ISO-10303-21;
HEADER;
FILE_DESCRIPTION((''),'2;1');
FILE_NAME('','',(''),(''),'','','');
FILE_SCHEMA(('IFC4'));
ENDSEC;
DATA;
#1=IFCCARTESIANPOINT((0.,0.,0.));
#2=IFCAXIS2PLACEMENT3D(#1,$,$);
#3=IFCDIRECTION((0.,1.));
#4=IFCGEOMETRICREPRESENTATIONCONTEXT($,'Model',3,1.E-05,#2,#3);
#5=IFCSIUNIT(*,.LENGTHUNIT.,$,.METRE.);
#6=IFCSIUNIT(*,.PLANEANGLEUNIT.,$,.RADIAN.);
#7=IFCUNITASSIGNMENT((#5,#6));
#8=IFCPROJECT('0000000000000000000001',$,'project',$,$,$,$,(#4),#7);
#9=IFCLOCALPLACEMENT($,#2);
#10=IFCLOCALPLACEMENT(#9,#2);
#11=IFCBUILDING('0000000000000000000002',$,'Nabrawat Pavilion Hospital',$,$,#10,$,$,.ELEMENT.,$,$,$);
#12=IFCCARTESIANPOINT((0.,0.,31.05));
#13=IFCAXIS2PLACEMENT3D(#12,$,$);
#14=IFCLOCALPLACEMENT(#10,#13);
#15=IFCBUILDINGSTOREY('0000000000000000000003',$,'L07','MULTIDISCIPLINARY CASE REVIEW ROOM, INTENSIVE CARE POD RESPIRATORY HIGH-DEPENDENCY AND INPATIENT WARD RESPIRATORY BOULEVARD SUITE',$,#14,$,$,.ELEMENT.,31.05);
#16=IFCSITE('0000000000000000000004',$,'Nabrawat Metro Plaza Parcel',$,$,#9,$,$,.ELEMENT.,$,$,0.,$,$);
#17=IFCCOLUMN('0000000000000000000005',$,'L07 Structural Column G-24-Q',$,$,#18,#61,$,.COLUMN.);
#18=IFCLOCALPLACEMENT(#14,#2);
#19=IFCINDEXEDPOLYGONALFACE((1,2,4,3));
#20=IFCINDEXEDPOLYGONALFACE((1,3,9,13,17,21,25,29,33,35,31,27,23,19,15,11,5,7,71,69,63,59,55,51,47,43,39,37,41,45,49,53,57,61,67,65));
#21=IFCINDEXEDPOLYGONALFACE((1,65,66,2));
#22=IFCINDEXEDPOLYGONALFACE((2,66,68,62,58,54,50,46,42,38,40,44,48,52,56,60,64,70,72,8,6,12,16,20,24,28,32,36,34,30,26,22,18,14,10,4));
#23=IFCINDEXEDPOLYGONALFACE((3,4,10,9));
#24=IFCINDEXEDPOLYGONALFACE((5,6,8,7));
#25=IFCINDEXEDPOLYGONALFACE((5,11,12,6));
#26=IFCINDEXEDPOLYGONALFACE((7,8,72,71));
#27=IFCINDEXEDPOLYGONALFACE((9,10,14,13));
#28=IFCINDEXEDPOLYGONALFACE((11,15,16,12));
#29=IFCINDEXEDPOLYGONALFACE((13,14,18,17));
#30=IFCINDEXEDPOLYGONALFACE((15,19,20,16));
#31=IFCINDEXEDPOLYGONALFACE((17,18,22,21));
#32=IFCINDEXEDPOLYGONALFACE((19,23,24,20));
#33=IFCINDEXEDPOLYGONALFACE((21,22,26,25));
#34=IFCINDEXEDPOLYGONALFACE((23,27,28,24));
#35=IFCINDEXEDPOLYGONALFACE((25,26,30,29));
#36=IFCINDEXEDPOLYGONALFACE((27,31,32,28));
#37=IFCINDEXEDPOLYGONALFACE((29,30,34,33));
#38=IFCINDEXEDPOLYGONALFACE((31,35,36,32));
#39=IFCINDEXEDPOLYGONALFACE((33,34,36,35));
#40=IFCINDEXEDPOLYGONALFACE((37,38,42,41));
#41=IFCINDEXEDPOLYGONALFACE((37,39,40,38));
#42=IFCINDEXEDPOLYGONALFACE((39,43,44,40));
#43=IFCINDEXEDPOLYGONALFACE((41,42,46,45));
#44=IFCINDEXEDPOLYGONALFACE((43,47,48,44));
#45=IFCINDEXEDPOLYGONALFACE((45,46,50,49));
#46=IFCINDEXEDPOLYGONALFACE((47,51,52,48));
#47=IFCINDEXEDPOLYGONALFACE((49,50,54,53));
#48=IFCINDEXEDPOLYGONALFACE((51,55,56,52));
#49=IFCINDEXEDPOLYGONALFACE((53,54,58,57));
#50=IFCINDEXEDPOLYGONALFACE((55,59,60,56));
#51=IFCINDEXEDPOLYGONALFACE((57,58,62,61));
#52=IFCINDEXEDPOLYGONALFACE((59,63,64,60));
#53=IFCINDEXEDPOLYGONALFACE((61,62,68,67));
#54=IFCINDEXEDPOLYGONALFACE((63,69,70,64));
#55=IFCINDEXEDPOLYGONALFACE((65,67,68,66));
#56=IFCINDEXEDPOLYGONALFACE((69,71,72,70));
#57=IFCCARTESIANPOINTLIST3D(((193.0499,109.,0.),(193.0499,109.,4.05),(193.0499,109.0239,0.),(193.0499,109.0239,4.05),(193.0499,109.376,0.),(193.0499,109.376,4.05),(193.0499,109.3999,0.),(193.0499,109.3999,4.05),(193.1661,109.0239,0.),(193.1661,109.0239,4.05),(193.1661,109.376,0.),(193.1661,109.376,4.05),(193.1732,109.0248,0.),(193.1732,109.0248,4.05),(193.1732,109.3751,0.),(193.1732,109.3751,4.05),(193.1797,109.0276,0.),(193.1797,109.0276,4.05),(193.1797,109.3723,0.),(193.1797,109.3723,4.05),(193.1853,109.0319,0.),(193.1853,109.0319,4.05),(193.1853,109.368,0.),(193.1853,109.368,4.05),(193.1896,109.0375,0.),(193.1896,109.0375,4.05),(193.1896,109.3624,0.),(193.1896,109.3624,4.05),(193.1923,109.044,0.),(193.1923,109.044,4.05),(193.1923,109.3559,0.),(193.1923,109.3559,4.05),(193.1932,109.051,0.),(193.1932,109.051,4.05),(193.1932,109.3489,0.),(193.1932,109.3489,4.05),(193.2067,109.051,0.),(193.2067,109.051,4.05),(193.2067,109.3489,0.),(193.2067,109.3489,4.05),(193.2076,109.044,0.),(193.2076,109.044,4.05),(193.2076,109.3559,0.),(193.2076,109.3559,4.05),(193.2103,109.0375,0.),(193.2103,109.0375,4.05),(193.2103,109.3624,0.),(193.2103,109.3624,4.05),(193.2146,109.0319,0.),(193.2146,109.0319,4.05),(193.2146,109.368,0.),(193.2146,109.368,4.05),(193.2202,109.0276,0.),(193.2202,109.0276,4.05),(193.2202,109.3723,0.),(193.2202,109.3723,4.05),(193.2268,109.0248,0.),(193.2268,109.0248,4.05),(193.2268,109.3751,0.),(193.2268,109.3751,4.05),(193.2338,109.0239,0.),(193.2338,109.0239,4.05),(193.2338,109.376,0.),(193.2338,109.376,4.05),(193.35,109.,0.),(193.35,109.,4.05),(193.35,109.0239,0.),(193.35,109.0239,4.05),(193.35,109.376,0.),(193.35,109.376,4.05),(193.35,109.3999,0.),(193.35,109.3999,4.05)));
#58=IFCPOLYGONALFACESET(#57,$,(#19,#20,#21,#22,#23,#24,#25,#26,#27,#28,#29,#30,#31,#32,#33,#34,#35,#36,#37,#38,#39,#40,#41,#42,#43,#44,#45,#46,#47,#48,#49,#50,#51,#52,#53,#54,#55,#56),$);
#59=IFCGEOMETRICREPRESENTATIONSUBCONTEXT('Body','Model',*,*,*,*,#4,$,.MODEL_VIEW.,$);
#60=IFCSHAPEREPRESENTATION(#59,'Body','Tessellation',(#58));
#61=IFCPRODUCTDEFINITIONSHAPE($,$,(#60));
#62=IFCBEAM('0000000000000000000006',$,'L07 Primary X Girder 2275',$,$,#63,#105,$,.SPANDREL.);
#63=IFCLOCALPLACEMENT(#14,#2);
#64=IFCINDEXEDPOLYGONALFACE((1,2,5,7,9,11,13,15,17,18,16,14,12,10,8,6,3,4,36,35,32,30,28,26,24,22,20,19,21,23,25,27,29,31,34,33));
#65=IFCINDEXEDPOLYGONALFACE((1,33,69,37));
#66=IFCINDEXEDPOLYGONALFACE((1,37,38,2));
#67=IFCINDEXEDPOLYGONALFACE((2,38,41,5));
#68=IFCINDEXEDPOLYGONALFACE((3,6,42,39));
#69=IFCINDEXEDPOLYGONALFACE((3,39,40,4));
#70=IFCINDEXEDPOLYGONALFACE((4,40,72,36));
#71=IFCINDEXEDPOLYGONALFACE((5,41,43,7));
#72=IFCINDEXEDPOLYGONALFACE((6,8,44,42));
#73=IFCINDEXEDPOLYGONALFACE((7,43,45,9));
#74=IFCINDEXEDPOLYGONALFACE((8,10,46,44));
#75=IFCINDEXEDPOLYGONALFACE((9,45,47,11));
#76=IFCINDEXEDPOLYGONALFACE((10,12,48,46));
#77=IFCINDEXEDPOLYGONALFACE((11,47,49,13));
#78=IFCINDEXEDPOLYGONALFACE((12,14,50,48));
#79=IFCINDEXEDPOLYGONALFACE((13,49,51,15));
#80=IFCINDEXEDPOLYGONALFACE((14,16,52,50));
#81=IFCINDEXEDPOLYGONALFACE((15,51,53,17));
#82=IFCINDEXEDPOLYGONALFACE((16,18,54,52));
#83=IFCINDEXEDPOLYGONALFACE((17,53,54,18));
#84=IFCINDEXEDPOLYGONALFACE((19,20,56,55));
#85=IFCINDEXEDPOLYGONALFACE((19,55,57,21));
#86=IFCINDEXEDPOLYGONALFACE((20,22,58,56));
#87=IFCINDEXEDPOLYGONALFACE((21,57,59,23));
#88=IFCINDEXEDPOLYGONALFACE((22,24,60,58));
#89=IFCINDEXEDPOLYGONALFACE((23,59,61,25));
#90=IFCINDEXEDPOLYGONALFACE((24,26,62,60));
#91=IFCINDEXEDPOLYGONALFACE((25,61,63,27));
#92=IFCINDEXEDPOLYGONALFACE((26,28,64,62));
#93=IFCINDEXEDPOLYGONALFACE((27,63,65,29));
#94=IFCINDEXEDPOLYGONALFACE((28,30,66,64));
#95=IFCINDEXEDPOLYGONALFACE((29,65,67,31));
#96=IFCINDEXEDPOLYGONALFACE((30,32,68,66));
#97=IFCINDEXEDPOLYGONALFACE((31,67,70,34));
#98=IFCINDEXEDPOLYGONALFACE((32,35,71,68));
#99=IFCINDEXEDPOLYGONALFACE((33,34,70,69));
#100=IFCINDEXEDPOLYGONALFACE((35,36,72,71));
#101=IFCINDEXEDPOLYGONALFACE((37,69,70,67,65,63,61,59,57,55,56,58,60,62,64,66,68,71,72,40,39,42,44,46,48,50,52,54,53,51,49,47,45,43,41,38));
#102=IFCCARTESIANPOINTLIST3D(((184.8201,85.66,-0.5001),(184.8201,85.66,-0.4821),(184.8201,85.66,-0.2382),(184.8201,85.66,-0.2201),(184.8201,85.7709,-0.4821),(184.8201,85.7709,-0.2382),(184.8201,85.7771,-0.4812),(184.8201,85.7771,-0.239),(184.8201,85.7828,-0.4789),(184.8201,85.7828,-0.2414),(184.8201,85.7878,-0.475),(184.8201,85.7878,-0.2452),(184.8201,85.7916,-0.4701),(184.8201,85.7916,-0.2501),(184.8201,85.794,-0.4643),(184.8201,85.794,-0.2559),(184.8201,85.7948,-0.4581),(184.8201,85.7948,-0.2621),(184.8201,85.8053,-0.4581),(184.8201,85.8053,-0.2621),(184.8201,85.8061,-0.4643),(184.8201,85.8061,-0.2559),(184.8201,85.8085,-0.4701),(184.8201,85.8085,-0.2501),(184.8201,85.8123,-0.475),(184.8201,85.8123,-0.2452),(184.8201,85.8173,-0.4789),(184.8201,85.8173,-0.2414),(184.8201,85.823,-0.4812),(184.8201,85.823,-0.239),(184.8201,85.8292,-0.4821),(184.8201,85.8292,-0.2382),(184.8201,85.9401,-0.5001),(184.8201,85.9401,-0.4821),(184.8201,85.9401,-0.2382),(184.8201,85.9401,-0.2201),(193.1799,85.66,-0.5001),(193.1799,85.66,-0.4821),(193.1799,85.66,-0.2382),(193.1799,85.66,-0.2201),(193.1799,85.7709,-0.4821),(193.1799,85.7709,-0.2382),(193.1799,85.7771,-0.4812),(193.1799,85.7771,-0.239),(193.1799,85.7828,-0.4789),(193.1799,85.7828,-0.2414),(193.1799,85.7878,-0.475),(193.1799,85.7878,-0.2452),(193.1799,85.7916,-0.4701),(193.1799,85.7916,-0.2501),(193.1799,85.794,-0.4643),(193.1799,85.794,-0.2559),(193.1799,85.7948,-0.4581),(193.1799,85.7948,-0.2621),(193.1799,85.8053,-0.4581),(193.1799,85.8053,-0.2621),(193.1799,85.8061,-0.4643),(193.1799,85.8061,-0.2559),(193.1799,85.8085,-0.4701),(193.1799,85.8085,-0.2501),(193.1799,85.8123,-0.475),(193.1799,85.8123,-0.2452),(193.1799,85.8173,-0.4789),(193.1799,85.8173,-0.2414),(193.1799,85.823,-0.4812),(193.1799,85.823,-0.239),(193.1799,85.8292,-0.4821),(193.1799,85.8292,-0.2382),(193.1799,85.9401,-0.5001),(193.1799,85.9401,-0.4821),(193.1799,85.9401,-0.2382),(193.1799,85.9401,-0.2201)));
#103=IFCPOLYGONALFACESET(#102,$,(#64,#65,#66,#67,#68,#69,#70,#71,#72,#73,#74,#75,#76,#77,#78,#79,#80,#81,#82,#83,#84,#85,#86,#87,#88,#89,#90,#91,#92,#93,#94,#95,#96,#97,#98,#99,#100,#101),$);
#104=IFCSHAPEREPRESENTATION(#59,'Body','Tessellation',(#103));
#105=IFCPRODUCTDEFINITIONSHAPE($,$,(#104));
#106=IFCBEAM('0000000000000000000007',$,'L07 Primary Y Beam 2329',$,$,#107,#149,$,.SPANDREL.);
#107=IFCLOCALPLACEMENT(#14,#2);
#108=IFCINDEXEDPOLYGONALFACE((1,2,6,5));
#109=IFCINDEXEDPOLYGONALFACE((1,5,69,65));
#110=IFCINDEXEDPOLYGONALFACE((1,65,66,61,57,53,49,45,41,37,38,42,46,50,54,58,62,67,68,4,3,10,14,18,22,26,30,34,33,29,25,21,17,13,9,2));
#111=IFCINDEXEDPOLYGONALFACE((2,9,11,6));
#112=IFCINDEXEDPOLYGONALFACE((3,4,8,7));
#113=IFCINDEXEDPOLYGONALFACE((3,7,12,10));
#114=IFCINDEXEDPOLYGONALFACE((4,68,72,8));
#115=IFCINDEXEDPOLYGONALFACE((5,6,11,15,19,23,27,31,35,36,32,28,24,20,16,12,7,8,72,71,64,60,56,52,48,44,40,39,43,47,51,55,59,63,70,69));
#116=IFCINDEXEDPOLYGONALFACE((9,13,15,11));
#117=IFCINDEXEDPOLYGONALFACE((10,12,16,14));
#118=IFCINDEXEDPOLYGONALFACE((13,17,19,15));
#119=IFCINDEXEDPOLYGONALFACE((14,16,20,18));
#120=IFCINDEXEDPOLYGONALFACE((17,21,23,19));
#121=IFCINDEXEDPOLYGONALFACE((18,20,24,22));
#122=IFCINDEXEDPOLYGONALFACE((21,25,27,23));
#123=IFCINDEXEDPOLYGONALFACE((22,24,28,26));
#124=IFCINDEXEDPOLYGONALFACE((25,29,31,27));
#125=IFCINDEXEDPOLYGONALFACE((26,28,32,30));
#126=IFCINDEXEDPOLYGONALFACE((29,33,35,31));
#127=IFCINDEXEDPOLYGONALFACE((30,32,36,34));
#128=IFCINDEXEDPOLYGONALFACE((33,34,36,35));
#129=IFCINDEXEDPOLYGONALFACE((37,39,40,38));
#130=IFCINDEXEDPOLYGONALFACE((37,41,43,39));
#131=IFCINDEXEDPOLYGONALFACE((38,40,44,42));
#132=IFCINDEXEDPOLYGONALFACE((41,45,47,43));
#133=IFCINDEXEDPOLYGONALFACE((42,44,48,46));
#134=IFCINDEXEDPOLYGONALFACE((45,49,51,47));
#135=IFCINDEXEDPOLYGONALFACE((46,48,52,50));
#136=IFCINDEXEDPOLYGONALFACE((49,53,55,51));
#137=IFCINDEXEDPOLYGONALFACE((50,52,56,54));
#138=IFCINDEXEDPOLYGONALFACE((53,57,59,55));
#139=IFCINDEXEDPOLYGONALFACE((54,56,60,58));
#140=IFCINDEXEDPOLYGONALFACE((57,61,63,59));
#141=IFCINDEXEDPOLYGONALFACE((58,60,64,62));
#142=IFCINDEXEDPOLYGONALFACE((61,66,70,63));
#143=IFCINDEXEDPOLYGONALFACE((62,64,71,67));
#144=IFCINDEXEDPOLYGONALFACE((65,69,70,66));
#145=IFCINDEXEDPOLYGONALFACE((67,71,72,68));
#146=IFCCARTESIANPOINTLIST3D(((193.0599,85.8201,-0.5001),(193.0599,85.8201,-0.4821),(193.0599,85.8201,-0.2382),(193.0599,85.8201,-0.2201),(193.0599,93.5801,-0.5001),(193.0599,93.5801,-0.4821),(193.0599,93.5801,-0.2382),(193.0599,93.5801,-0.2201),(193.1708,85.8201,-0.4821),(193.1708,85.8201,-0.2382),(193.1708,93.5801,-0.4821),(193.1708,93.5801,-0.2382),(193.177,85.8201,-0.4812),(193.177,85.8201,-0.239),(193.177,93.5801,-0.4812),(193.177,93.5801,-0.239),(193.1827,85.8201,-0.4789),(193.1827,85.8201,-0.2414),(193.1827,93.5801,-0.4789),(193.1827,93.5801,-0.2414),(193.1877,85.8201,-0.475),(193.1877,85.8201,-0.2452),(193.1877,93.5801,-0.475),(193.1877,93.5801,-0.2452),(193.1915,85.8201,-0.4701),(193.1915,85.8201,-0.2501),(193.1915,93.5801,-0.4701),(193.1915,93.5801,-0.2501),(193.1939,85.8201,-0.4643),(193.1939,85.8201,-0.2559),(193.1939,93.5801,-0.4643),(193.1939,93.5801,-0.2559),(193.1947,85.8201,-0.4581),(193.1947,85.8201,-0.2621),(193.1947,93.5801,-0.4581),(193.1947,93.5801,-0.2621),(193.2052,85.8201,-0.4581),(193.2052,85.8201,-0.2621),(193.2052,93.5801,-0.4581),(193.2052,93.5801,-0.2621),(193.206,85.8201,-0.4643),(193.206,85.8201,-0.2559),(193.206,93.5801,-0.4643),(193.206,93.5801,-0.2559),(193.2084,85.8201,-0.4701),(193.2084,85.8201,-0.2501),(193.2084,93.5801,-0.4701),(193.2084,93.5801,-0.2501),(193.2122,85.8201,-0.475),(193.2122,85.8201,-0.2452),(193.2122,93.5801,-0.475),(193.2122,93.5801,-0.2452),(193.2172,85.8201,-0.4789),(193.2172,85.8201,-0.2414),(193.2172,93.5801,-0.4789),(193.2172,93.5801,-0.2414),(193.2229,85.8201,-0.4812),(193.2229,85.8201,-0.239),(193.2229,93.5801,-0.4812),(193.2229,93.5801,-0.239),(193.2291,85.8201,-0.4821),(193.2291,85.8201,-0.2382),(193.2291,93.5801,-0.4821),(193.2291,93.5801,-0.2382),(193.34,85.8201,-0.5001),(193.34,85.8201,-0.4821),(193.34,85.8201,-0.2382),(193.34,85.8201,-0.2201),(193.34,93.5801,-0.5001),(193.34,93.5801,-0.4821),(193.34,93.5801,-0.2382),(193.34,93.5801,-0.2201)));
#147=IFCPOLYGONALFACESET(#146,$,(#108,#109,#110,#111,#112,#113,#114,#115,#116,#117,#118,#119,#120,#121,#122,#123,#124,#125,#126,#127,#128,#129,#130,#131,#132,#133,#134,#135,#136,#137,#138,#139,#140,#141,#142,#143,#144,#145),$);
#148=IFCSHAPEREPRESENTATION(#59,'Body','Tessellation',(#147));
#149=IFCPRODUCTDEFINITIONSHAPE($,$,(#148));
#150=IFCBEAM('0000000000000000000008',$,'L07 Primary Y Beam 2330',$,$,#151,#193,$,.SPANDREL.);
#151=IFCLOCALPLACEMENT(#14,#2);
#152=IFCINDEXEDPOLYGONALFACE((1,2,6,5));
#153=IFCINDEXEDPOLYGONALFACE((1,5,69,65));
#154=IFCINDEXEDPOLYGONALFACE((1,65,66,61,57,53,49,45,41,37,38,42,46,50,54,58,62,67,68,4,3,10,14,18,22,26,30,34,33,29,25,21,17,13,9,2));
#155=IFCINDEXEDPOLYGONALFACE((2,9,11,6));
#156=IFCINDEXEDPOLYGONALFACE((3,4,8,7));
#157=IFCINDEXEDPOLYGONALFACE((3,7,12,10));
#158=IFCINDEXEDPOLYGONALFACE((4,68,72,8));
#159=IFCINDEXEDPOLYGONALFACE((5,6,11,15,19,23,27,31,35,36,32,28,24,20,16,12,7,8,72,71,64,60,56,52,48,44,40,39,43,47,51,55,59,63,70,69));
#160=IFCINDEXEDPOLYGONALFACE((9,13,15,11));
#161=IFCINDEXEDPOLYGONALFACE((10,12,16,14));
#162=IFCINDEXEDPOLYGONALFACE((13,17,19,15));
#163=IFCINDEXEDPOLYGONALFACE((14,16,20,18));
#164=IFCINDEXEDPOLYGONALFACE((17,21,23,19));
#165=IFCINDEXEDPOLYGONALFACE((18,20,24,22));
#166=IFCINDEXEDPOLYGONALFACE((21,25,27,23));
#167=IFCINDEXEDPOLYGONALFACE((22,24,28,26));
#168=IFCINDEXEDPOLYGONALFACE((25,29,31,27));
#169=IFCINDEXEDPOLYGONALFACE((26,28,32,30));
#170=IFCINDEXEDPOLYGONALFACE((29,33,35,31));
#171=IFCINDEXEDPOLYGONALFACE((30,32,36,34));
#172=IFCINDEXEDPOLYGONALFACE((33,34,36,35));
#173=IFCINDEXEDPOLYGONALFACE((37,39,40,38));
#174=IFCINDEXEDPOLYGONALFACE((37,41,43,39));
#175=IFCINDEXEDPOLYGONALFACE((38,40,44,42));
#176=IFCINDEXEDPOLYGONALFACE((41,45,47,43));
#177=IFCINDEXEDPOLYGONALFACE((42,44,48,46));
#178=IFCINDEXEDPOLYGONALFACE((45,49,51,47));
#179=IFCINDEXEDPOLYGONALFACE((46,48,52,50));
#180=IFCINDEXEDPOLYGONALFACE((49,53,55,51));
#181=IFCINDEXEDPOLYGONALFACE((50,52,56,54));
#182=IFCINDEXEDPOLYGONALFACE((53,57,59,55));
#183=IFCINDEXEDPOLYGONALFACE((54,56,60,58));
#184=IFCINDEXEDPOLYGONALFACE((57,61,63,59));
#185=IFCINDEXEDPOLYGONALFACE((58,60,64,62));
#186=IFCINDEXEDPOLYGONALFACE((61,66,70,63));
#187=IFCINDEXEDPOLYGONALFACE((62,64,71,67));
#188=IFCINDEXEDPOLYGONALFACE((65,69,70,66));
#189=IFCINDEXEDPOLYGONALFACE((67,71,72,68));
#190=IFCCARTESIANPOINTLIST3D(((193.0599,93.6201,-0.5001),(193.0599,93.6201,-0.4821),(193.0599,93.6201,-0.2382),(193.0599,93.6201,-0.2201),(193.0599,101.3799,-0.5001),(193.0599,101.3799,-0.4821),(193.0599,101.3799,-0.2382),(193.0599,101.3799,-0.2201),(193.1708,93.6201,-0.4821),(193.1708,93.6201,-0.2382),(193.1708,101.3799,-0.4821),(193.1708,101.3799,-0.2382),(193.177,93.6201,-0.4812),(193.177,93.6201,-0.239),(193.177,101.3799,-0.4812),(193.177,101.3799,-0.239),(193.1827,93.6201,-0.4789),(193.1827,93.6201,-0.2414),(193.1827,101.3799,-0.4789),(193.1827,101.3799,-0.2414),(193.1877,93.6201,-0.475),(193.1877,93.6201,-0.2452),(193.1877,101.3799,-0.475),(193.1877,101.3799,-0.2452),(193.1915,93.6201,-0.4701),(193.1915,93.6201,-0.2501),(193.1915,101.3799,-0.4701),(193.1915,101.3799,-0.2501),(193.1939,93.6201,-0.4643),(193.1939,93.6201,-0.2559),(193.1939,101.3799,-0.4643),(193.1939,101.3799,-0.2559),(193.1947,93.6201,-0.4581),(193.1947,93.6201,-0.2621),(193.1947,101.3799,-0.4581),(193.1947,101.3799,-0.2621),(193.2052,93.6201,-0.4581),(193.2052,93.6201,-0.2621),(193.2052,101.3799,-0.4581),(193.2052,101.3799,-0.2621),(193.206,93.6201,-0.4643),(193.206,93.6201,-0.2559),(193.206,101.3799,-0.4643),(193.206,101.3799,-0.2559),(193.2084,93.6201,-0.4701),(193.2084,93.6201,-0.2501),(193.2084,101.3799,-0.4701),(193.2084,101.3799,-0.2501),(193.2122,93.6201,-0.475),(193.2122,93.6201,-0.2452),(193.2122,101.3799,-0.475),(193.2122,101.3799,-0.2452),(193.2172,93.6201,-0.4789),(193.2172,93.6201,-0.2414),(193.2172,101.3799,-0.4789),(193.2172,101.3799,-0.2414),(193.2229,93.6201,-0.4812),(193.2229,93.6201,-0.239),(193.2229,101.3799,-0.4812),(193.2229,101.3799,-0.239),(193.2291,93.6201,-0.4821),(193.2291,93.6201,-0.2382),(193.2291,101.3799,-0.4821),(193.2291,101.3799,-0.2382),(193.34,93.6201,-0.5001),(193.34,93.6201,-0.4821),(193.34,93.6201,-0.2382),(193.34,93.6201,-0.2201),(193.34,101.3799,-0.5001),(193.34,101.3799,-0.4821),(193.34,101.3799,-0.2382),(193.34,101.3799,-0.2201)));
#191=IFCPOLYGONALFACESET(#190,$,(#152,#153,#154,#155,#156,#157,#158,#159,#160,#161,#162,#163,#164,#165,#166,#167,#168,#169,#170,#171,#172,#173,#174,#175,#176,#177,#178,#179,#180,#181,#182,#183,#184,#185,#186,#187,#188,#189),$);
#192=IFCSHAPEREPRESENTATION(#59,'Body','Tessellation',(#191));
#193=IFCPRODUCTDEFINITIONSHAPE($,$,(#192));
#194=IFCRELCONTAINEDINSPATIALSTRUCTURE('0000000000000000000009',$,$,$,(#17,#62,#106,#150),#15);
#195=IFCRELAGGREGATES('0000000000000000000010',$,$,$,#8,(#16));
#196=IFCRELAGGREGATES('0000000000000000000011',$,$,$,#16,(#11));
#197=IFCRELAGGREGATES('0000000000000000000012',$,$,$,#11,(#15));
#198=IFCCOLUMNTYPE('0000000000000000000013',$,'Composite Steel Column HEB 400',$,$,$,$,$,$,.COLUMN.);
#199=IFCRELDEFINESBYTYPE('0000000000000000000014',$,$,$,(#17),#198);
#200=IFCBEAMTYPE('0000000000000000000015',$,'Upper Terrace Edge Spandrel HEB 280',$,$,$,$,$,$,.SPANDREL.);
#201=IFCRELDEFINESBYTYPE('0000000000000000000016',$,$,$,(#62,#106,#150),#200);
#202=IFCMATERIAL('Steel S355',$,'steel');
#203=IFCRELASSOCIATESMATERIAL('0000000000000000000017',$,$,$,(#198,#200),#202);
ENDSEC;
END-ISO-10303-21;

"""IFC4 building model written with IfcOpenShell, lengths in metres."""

from ifc_helpers import new_model, si_unit, direction, frame, origin, origin_2d, place, context, subcontext, project, spatial, i_section, extrude, material, material_profile, profile_set, type_object, element, save


model = new_model("IFC4")

# Units and contexts
model_context = context("Model", 3, precision=1e-05, world=origin(), true_north=direction((0.0, 1.0)))
body_context = subcontext(model_context, "Body", "Model", "MODEL_VIEW")
ifc_project = project(units=[si_unit("LENGTHUNIT", "METRE"), si_unit("PLANEANGLEUNIT", "RADIAN")], contexts=[model_context])

# Site, building, storey
site_placement = place(None, origin())
site = spatial("IfcSite", under=ifc_project, at=site_placement, Name="Nabrawat Metro Plaza Parcel", CompositionType="ELEMENT", RefElevation=0.0)
building_placement = place(site_placement, origin())
building = spatial("IfcBuilding", under=site, at=building_placement, Name="Nabrawat Pavilion Hospital", CompositionType="ELEMENT")
storey_placement = place(building_placement, frame((0.0, 0.0, 31.05)))
storey = spatial("IfcBuildingStorey", under=building, at=storey_placement, Name="L07", Description="MULTIDISCIPLINARY CASE REVIEW ROOM, INTENSIVE CARE POD RESPIRATORY HIGH-DEPENDENCY AND INPATIENT WARD RESPIRATORY BOULEVARD SUITE", CompositionType="ELEMENT", Elevation=31.05)

# Column
ifc_material_1 = material(Name="Steel S355", Category="steel")
ifc_material_profile_1 = material_profile(ifc_material_1, i_section(OverallWidth=0.3, OverallDepth=0.3999, WebThickness=0.0134, FlangeThickness=0.0239, FilletRadius=0.0271, at=origin_2d()), Name="HEB 400")
ifc_profile_set_1 = profile_set([ifc_material_profile_1], Name="Steel S355")
column_type = type_object("IfcColumnType", Name="Composite Steel Column HEB 400", PredefinedType="COLUMN", material=ifc_profile_set_1)
for number, where, z_axis, x_axis, name in (
    (1, (193.2, 109.2, 0.0), (0.0, 0.0, 1.0), (1.0, 0.0, 0.0), "L07 Structural Column G-24-Q"),
):
    element("IfcColumn", number, at=place(storey_placement, frame(where, z_axis=z_axis, x_axis=x_axis)), inside=storey, type_object=column_type, Name=name, PredefinedType="COLUMN", context=body_context, shape_type="SweptSolid", body=[
        extrude(i_section(OverallWidth=0.3, OverallDepth=0.3999, WebThickness=0.0134, FlangeThickness=0.0239, FilletRadius=0.0271, at=origin_2d()), origin(), (0.0, 0.0, 1.0), 4.05),
    ])

# Beams
ifc_material_profile_2 = material_profile(ifc_material_1, i_section(OverallWidth=0.28, OverallDepth=0.28, WebThickness=0.0105, FlangeThickness=0.0181, FilletRadius=0.0239, at=origin_2d()), Name="HEB 280")
ifc_profile_set_2 = profile_set([ifc_material_profile_2], Name="Steel S355")
beam_type = type_object("IfcBeamType", Name="Upper Terrace Edge Spandrel HEB 280", PredefinedType="SPANDREL", material=ifc_profile_set_2)
beam_1_placement = place(storey_placement, frame((184.8201, 85.8, -0.3601), z_axis=(1.0, 0.0, 0.0), x_axis=(0.0, 1.0, 0.0)))
element("IfcBeam", 2, at=beam_1_placement, inside=storey, type_object=beam_type, Name="L07 Primary X Girder 2275", PredefinedType="SPANDREL", context=body_context, shape_type="SweptSolid", body=[
    extrude(i_section(OverallWidth=0.28, OverallDepth=0.28, WebThickness=0.0105, FlangeThickness=0.0181, FilletRadius=0.0239, at=origin_2d()), origin(), (0.0, 0.0, 1.0), 8.3599),
])
beam_2_placement = place(storey_placement, frame((193.2, 85.8201, -0.3601), z_axis=(0.0, 1.0, 0.0), x_axis=(-1.0, 0.0, 0.0)))
element("IfcBeam", 3, at=beam_2_placement, inside=storey, type_object=beam_type, Name="L07 Primary Y Beam 2329", PredefinedType="SPANDREL", context=body_context, shape_type="SweptSolid", body=[
    extrude(i_section(OverallWidth=0.28, OverallDepth=0.28, WebThickness=0.0105, FlangeThickness=0.0181, FilletRadius=0.0239, at=origin_2d()), origin(), (0.0, 0.0, 1.0), 7.76),
])
beam_3_placement = place(storey_placement, frame((193.2, 93.6201, -0.3601), z_axis=(0.0, 1.0, 0.0), x_axis=(-1.0, 0.0, 0.0)))
element("IfcBeam", 4, at=beam_3_placement, inside=storey, type_object=beam_type, Name="L07 Primary Y Beam 2330", PredefinedType="SPANDREL", context=body_context, shape_type="SweptSolid", body=[
    extrude(i_section(OverallWidth=0.28, OverallDepth=0.28, WebThickness=0.0105, FlangeThickness=0.0181, FilletRadius=0.0239, at=origin_2d()), origin(), (0.0, 0.0, 1.0), 7.7598),
])

save(model, "model.ifc")
